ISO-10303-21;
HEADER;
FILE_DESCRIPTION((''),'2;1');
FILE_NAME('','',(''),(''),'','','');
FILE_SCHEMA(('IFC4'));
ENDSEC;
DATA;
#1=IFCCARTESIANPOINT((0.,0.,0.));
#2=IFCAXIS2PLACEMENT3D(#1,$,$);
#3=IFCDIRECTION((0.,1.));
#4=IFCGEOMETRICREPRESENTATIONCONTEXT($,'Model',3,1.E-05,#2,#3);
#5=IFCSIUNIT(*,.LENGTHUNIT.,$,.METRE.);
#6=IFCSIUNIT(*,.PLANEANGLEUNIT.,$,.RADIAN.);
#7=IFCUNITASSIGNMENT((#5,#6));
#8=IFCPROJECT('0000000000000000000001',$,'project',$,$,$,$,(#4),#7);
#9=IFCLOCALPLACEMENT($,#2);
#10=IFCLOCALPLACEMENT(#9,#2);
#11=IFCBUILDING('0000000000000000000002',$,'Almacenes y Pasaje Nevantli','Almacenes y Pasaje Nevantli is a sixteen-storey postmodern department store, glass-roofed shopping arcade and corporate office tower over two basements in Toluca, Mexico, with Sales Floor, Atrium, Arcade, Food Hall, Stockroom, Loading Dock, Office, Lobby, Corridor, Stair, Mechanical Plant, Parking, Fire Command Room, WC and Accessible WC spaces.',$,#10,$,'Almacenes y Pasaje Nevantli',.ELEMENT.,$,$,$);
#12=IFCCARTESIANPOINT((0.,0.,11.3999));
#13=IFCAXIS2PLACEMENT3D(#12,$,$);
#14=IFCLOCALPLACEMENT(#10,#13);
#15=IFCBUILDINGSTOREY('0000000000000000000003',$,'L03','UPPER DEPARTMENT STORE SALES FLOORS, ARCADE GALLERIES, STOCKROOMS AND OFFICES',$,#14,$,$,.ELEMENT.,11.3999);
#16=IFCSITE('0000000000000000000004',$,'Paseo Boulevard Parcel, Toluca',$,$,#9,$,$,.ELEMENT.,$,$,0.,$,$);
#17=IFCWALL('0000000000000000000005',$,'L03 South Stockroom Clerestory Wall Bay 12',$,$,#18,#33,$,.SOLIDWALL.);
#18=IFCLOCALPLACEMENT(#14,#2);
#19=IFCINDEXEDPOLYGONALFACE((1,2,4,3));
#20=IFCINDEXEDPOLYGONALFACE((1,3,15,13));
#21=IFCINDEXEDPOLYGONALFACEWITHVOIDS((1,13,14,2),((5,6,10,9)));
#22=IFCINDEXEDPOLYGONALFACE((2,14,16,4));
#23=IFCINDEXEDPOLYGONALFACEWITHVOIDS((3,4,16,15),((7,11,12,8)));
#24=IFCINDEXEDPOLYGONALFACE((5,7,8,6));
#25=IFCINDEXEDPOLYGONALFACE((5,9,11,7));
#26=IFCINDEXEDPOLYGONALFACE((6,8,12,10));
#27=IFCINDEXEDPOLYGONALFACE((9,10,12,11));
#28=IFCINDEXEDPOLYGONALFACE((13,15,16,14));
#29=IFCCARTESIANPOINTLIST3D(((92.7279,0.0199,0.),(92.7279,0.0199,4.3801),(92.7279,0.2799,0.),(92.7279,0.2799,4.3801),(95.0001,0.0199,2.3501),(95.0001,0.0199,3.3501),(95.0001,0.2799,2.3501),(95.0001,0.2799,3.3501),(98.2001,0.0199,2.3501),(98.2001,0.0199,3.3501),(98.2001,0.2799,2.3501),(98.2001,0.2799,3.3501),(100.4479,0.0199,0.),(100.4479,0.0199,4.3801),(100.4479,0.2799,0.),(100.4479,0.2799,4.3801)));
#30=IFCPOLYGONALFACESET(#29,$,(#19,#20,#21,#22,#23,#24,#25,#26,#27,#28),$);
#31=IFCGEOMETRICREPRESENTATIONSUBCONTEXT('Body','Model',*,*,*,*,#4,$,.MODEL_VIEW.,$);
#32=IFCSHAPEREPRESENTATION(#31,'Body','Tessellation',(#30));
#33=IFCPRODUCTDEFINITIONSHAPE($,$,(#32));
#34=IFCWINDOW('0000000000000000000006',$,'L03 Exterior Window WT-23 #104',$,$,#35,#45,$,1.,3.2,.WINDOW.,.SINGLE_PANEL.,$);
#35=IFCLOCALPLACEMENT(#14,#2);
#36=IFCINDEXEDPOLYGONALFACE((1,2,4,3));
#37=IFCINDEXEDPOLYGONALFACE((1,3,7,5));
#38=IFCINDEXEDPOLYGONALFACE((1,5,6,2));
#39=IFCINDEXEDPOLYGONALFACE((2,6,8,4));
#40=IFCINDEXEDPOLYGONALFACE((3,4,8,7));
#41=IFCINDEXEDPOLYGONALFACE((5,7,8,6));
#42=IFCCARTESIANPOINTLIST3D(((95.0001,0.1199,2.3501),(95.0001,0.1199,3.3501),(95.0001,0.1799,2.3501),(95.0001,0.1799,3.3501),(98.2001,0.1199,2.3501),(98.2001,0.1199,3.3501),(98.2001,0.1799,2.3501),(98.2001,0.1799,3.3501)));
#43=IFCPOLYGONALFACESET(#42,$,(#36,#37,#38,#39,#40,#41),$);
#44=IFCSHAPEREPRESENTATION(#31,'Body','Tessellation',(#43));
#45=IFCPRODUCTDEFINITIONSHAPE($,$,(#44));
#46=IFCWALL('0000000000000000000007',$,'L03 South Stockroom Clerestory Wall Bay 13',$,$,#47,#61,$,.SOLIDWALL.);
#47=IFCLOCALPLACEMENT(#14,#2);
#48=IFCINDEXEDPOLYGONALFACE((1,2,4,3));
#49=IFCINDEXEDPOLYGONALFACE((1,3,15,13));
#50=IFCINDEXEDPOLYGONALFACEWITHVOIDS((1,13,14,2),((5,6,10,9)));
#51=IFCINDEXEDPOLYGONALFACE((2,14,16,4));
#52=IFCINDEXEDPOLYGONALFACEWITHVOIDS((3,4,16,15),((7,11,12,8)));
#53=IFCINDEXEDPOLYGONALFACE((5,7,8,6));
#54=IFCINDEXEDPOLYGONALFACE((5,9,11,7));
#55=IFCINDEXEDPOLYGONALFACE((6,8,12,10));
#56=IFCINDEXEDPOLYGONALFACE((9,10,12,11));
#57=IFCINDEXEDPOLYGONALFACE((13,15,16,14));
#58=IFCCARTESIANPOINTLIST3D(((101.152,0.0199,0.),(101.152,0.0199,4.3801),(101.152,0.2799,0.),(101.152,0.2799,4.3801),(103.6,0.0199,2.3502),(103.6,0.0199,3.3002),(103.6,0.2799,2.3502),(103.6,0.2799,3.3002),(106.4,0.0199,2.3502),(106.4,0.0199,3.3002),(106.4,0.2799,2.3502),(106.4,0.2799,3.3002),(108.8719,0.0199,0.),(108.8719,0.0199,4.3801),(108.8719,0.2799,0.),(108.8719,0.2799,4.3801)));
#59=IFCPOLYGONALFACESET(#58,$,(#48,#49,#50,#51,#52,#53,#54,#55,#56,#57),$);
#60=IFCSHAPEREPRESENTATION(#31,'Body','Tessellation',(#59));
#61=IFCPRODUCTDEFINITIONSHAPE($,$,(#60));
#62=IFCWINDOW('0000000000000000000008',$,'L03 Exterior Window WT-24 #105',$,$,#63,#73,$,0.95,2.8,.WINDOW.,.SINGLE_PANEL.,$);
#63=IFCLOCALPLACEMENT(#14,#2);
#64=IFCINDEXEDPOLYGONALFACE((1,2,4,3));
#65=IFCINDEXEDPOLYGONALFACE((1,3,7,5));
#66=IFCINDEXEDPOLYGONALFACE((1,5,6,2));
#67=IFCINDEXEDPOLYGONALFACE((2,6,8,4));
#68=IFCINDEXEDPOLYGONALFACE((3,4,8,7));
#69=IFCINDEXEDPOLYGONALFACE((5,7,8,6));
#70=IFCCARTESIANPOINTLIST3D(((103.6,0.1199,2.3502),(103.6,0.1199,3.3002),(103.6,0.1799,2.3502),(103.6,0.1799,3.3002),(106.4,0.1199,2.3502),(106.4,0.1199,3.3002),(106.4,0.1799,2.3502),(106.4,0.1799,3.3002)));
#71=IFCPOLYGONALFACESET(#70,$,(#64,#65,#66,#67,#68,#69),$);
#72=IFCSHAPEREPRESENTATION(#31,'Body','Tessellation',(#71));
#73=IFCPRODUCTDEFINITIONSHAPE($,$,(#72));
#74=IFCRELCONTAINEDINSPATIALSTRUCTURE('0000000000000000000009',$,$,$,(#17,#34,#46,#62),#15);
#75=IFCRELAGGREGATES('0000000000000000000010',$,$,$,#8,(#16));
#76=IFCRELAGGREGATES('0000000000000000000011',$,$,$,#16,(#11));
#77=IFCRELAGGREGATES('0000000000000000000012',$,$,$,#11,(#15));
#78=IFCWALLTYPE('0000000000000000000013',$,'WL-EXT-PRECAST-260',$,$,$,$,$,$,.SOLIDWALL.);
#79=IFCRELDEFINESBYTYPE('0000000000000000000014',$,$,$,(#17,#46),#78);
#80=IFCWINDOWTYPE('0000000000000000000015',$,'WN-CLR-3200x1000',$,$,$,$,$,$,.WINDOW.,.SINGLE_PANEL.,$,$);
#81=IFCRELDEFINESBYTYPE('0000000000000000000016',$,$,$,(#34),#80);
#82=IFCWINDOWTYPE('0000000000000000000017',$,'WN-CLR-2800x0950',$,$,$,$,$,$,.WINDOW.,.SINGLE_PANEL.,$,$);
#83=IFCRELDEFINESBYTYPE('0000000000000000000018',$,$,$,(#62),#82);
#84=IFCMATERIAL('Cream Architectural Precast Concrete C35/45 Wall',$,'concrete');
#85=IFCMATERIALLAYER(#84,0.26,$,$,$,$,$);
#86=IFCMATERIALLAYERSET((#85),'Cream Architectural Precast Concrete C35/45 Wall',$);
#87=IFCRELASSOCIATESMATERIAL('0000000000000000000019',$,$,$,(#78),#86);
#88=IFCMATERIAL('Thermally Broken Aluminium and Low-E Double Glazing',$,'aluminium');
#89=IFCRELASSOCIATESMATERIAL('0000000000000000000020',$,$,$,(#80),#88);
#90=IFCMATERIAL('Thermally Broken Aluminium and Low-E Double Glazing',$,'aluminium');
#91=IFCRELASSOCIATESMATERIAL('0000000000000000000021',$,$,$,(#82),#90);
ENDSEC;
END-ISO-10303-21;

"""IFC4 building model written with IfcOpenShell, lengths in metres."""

from ifc_helpers import new_model, si_unit, direction, frame, frame_2d, origin, place, context, subcontext, project, spatial, rectangle, extrude, material, layer, layer_set, type_object, element, fill, save


model = new_model("IFC4")

# Units and contexts
model_context = context("Model", 3, precision=1e-05, world=origin(), true_north=direction((0.0, 1.0)))
body_context = subcontext(model_context, "Body", "Model", "MODEL_VIEW")
ifc_project = project(units=[si_unit("LENGTHUNIT", "METRE"), si_unit("PLANEANGLEUNIT", "RADIAN")], contexts=[model_context])

# Site, building, storey
site_placement = place(None, origin())
site = spatial("IfcSite", under=ifc_project, at=site_placement, Name="Paseo Boulevard Parcel, Toluca", CompositionType="ELEMENT", RefElevation=0.0)
building_placement = place(site_placement, origin())
building = spatial("IfcBuilding", under=site, at=building_placement, Name="Almacenes y Pasaje Nevantli", Description="Almacenes y Pasaje Nevantli is a sixteen-storey postmodern department store, glass-roofed shopping arcade and corporate office tower over two basements in Toluca, Mexico, with Sales Floor, Atrium, Arcade, Food Hall, Stockroom, Loading Dock, Office, Lobby, Corridor, Stair, Mechanical Plant, Parking, Fire Command Room, WC and Accessible WC spaces.", LongName="Almacenes y Pasaje Nevantli", CompositionType="ELEMENT")
storey_placement = place(building_placement, frame((0.0, 0.0, 11.3999)))
storey = spatial("IfcBuildingStorey", under=building, at=storey_placement, Name="L03", Description="UPPER DEPARTMENT STORE SALES FLOORS, ARCADE GALLERIES, STOCKROOMS AND OFFICES", CompositionType="ELEMENT", Elevation=11.3999)

# Walls, openings, windows
ifc_material_1 = material(Name="Cream Architectural Precast Concrete C35/45 Wall", Category="concrete")
ifc_layer = layer(ifc_material_1, 0.26)
ifc_layer_set = layer_set([ifc_layer], Name="Cream Architectural Precast Concrete C35/45 Wall")
wall_type = type_object("IfcWallType", Name="WL-EXT-PRECAST-260", PredefinedType="SOLIDWALL", material=ifc_layer_set)
wall_1_placement = place(storey_placement, frame((92.728, 0.1499, 0.0), z_axis=(0.0, 0.0, 1.0), x_axis=(1.0, 0.0, 0.0)))
wall_1 = element("IfcWall", 1, at=wall_1_placement, inside=storey, type_object=wall_type, Name="L03 South Stockroom Clerestory Wall Bay 12", PredefinedType="SOLIDWALL", context=body_context, shape_type="SweptSolid", body=[
    extrude(rectangle(XDim=7.72, YDim=0.26, at=frame_2d((3.8599, 0.0))), origin(), (0.0, 0.0, 1.0), 4.3801),
])
opening_1_placement = place(wall_1_placement, frame((2.272, 0.0, 2.3501)))
opening_1 = element("IfcOpeningElement", 2, at=opening_1_placement, cuts=wall_1, PredefinedType="OPENING", context=body_context, shape_type="SweptSolid", body=[
    extrude(rectangle(XDim=3.2, YDim=1.0, at=frame_2d((1.6001, 0.5))), frame((0.0, 0.1399, 0.0), z_axis=(0.0, -1.0, 0.0), x_axis=(1.0, 0.0, 0.0)), (0.0, 0.0, 1.0), 0.28),
])
ifc_material_2 = material(Name="Thermally Broken Aluminium and Low-E Double Glazing", Category="aluminium")
window_type_1 = type_object("IfcWindowType", Name="WN-CLR-3200x1000", PartitioningType="SINGLE_PANEL", PredefinedType="WINDOW", material=ifc_material_2)
window_1_placement = place(opening_1_placement, origin())
window_1 = element("IfcWindow", 3, at=window_1_placement, inside=storey, type_object=window_type_1, Name="L03 Exterior Window WT-23 #104", OverallHeight=1.0, OverallWidth=3.2, PartitioningType="SINGLE_PANEL", PredefinedType="WINDOW", context=body_context, shape_type="SweptSolid", body=[
    extrude(rectangle(XDim=3.2, YDim=1.0, at=frame_2d((1.6001, 0.5))), frame((0.0, 0.03, 0.0), z_axis=(0.0, -1.0, 0.0), x_axis=(1.0, 0.0, 0.0)), (0.0, 0.0, 1.0), 0.0601),
])
fill(opening_1, window_1)
wall_2_placement = place(storey_placement, frame((101.1521, 0.1499, 0.0), z_axis=(0.0, 0.0, 1.0), x_axis=(1.0, 0.0, 0.0)))
wall_2 = element("IfcWall", 4, at=wall_2_placement, inside=storey, type_object=wall_type, Name="L03 South Stockroom Clerestory Wall Bay 13", PredefinedType="SOLIDWALL", context=body_context, shape_type="SweptSolid", body=[
    extrude(rectangle(XDim=7.72, YDim=0.26, at=frame_2d((3.8599, 0.0))), origin(), (0.0, 0.0, 1.0), 4.3801),
])
opening_2_placement = place(wall_2_placement, frame((2.448, 0.0, 2.3501)))
opening_2 = element("IfcOpeningElement", 5, at=opening_2_placement, cuts=wall_2, PredefinedType="OPENING", context=body_context, shape_type="SweptSolid", body=[
    extrude(rectangle(XDim=2.8, YDim=0.95, at=frame_2d((1.3999, 0.4751))), frame((0.0, 0.1399, 0.0), z_axis=(0.0, -1.0, 0.0), x_axis=(1.0, 0.0, 0.0)), (0.0, 0.0, 1.0), 0.28),
])
ifc_material_3 = material(Name="Thermally Broken Aluminium and Low-E Double Glazing", Category="aluminium")
window_type_2 = type_object("IfcWindowType", Name="WN-CLR-2800x0950", PartitioningType="SINGLE_PANEL", PredefinedType="WINDOW", material=ifc_material_3)
window_2_placement = place(opening_2_placement, origin())
window_2 = element("IfcWindow", 6, at=window_2_placement, inside=storey, type_object=window_type_2, Name="L03 Exterior Window WT-24 #105", OverallHeight=0.95, OverallWidth=2.8, PartitioningType="SINGLE_PANEL", PredefinedType="WINDOW", context=body_context, shape_type="SweptSolid", body=[
    extrude(rectangle(XDim=2.8, YDim=0.95, at=frame_2d((1.3999, 0.4751))), frame((0.0, 0.03, 0.0), z_axis=(0.0, -1.0, 0.0), x_axis=(1.0, 0.0, 0.0)), (0.0, 0.0, 1.0), 0.0601),
])
fill(opening_2, window_2)

save(model, "model.ifc")
